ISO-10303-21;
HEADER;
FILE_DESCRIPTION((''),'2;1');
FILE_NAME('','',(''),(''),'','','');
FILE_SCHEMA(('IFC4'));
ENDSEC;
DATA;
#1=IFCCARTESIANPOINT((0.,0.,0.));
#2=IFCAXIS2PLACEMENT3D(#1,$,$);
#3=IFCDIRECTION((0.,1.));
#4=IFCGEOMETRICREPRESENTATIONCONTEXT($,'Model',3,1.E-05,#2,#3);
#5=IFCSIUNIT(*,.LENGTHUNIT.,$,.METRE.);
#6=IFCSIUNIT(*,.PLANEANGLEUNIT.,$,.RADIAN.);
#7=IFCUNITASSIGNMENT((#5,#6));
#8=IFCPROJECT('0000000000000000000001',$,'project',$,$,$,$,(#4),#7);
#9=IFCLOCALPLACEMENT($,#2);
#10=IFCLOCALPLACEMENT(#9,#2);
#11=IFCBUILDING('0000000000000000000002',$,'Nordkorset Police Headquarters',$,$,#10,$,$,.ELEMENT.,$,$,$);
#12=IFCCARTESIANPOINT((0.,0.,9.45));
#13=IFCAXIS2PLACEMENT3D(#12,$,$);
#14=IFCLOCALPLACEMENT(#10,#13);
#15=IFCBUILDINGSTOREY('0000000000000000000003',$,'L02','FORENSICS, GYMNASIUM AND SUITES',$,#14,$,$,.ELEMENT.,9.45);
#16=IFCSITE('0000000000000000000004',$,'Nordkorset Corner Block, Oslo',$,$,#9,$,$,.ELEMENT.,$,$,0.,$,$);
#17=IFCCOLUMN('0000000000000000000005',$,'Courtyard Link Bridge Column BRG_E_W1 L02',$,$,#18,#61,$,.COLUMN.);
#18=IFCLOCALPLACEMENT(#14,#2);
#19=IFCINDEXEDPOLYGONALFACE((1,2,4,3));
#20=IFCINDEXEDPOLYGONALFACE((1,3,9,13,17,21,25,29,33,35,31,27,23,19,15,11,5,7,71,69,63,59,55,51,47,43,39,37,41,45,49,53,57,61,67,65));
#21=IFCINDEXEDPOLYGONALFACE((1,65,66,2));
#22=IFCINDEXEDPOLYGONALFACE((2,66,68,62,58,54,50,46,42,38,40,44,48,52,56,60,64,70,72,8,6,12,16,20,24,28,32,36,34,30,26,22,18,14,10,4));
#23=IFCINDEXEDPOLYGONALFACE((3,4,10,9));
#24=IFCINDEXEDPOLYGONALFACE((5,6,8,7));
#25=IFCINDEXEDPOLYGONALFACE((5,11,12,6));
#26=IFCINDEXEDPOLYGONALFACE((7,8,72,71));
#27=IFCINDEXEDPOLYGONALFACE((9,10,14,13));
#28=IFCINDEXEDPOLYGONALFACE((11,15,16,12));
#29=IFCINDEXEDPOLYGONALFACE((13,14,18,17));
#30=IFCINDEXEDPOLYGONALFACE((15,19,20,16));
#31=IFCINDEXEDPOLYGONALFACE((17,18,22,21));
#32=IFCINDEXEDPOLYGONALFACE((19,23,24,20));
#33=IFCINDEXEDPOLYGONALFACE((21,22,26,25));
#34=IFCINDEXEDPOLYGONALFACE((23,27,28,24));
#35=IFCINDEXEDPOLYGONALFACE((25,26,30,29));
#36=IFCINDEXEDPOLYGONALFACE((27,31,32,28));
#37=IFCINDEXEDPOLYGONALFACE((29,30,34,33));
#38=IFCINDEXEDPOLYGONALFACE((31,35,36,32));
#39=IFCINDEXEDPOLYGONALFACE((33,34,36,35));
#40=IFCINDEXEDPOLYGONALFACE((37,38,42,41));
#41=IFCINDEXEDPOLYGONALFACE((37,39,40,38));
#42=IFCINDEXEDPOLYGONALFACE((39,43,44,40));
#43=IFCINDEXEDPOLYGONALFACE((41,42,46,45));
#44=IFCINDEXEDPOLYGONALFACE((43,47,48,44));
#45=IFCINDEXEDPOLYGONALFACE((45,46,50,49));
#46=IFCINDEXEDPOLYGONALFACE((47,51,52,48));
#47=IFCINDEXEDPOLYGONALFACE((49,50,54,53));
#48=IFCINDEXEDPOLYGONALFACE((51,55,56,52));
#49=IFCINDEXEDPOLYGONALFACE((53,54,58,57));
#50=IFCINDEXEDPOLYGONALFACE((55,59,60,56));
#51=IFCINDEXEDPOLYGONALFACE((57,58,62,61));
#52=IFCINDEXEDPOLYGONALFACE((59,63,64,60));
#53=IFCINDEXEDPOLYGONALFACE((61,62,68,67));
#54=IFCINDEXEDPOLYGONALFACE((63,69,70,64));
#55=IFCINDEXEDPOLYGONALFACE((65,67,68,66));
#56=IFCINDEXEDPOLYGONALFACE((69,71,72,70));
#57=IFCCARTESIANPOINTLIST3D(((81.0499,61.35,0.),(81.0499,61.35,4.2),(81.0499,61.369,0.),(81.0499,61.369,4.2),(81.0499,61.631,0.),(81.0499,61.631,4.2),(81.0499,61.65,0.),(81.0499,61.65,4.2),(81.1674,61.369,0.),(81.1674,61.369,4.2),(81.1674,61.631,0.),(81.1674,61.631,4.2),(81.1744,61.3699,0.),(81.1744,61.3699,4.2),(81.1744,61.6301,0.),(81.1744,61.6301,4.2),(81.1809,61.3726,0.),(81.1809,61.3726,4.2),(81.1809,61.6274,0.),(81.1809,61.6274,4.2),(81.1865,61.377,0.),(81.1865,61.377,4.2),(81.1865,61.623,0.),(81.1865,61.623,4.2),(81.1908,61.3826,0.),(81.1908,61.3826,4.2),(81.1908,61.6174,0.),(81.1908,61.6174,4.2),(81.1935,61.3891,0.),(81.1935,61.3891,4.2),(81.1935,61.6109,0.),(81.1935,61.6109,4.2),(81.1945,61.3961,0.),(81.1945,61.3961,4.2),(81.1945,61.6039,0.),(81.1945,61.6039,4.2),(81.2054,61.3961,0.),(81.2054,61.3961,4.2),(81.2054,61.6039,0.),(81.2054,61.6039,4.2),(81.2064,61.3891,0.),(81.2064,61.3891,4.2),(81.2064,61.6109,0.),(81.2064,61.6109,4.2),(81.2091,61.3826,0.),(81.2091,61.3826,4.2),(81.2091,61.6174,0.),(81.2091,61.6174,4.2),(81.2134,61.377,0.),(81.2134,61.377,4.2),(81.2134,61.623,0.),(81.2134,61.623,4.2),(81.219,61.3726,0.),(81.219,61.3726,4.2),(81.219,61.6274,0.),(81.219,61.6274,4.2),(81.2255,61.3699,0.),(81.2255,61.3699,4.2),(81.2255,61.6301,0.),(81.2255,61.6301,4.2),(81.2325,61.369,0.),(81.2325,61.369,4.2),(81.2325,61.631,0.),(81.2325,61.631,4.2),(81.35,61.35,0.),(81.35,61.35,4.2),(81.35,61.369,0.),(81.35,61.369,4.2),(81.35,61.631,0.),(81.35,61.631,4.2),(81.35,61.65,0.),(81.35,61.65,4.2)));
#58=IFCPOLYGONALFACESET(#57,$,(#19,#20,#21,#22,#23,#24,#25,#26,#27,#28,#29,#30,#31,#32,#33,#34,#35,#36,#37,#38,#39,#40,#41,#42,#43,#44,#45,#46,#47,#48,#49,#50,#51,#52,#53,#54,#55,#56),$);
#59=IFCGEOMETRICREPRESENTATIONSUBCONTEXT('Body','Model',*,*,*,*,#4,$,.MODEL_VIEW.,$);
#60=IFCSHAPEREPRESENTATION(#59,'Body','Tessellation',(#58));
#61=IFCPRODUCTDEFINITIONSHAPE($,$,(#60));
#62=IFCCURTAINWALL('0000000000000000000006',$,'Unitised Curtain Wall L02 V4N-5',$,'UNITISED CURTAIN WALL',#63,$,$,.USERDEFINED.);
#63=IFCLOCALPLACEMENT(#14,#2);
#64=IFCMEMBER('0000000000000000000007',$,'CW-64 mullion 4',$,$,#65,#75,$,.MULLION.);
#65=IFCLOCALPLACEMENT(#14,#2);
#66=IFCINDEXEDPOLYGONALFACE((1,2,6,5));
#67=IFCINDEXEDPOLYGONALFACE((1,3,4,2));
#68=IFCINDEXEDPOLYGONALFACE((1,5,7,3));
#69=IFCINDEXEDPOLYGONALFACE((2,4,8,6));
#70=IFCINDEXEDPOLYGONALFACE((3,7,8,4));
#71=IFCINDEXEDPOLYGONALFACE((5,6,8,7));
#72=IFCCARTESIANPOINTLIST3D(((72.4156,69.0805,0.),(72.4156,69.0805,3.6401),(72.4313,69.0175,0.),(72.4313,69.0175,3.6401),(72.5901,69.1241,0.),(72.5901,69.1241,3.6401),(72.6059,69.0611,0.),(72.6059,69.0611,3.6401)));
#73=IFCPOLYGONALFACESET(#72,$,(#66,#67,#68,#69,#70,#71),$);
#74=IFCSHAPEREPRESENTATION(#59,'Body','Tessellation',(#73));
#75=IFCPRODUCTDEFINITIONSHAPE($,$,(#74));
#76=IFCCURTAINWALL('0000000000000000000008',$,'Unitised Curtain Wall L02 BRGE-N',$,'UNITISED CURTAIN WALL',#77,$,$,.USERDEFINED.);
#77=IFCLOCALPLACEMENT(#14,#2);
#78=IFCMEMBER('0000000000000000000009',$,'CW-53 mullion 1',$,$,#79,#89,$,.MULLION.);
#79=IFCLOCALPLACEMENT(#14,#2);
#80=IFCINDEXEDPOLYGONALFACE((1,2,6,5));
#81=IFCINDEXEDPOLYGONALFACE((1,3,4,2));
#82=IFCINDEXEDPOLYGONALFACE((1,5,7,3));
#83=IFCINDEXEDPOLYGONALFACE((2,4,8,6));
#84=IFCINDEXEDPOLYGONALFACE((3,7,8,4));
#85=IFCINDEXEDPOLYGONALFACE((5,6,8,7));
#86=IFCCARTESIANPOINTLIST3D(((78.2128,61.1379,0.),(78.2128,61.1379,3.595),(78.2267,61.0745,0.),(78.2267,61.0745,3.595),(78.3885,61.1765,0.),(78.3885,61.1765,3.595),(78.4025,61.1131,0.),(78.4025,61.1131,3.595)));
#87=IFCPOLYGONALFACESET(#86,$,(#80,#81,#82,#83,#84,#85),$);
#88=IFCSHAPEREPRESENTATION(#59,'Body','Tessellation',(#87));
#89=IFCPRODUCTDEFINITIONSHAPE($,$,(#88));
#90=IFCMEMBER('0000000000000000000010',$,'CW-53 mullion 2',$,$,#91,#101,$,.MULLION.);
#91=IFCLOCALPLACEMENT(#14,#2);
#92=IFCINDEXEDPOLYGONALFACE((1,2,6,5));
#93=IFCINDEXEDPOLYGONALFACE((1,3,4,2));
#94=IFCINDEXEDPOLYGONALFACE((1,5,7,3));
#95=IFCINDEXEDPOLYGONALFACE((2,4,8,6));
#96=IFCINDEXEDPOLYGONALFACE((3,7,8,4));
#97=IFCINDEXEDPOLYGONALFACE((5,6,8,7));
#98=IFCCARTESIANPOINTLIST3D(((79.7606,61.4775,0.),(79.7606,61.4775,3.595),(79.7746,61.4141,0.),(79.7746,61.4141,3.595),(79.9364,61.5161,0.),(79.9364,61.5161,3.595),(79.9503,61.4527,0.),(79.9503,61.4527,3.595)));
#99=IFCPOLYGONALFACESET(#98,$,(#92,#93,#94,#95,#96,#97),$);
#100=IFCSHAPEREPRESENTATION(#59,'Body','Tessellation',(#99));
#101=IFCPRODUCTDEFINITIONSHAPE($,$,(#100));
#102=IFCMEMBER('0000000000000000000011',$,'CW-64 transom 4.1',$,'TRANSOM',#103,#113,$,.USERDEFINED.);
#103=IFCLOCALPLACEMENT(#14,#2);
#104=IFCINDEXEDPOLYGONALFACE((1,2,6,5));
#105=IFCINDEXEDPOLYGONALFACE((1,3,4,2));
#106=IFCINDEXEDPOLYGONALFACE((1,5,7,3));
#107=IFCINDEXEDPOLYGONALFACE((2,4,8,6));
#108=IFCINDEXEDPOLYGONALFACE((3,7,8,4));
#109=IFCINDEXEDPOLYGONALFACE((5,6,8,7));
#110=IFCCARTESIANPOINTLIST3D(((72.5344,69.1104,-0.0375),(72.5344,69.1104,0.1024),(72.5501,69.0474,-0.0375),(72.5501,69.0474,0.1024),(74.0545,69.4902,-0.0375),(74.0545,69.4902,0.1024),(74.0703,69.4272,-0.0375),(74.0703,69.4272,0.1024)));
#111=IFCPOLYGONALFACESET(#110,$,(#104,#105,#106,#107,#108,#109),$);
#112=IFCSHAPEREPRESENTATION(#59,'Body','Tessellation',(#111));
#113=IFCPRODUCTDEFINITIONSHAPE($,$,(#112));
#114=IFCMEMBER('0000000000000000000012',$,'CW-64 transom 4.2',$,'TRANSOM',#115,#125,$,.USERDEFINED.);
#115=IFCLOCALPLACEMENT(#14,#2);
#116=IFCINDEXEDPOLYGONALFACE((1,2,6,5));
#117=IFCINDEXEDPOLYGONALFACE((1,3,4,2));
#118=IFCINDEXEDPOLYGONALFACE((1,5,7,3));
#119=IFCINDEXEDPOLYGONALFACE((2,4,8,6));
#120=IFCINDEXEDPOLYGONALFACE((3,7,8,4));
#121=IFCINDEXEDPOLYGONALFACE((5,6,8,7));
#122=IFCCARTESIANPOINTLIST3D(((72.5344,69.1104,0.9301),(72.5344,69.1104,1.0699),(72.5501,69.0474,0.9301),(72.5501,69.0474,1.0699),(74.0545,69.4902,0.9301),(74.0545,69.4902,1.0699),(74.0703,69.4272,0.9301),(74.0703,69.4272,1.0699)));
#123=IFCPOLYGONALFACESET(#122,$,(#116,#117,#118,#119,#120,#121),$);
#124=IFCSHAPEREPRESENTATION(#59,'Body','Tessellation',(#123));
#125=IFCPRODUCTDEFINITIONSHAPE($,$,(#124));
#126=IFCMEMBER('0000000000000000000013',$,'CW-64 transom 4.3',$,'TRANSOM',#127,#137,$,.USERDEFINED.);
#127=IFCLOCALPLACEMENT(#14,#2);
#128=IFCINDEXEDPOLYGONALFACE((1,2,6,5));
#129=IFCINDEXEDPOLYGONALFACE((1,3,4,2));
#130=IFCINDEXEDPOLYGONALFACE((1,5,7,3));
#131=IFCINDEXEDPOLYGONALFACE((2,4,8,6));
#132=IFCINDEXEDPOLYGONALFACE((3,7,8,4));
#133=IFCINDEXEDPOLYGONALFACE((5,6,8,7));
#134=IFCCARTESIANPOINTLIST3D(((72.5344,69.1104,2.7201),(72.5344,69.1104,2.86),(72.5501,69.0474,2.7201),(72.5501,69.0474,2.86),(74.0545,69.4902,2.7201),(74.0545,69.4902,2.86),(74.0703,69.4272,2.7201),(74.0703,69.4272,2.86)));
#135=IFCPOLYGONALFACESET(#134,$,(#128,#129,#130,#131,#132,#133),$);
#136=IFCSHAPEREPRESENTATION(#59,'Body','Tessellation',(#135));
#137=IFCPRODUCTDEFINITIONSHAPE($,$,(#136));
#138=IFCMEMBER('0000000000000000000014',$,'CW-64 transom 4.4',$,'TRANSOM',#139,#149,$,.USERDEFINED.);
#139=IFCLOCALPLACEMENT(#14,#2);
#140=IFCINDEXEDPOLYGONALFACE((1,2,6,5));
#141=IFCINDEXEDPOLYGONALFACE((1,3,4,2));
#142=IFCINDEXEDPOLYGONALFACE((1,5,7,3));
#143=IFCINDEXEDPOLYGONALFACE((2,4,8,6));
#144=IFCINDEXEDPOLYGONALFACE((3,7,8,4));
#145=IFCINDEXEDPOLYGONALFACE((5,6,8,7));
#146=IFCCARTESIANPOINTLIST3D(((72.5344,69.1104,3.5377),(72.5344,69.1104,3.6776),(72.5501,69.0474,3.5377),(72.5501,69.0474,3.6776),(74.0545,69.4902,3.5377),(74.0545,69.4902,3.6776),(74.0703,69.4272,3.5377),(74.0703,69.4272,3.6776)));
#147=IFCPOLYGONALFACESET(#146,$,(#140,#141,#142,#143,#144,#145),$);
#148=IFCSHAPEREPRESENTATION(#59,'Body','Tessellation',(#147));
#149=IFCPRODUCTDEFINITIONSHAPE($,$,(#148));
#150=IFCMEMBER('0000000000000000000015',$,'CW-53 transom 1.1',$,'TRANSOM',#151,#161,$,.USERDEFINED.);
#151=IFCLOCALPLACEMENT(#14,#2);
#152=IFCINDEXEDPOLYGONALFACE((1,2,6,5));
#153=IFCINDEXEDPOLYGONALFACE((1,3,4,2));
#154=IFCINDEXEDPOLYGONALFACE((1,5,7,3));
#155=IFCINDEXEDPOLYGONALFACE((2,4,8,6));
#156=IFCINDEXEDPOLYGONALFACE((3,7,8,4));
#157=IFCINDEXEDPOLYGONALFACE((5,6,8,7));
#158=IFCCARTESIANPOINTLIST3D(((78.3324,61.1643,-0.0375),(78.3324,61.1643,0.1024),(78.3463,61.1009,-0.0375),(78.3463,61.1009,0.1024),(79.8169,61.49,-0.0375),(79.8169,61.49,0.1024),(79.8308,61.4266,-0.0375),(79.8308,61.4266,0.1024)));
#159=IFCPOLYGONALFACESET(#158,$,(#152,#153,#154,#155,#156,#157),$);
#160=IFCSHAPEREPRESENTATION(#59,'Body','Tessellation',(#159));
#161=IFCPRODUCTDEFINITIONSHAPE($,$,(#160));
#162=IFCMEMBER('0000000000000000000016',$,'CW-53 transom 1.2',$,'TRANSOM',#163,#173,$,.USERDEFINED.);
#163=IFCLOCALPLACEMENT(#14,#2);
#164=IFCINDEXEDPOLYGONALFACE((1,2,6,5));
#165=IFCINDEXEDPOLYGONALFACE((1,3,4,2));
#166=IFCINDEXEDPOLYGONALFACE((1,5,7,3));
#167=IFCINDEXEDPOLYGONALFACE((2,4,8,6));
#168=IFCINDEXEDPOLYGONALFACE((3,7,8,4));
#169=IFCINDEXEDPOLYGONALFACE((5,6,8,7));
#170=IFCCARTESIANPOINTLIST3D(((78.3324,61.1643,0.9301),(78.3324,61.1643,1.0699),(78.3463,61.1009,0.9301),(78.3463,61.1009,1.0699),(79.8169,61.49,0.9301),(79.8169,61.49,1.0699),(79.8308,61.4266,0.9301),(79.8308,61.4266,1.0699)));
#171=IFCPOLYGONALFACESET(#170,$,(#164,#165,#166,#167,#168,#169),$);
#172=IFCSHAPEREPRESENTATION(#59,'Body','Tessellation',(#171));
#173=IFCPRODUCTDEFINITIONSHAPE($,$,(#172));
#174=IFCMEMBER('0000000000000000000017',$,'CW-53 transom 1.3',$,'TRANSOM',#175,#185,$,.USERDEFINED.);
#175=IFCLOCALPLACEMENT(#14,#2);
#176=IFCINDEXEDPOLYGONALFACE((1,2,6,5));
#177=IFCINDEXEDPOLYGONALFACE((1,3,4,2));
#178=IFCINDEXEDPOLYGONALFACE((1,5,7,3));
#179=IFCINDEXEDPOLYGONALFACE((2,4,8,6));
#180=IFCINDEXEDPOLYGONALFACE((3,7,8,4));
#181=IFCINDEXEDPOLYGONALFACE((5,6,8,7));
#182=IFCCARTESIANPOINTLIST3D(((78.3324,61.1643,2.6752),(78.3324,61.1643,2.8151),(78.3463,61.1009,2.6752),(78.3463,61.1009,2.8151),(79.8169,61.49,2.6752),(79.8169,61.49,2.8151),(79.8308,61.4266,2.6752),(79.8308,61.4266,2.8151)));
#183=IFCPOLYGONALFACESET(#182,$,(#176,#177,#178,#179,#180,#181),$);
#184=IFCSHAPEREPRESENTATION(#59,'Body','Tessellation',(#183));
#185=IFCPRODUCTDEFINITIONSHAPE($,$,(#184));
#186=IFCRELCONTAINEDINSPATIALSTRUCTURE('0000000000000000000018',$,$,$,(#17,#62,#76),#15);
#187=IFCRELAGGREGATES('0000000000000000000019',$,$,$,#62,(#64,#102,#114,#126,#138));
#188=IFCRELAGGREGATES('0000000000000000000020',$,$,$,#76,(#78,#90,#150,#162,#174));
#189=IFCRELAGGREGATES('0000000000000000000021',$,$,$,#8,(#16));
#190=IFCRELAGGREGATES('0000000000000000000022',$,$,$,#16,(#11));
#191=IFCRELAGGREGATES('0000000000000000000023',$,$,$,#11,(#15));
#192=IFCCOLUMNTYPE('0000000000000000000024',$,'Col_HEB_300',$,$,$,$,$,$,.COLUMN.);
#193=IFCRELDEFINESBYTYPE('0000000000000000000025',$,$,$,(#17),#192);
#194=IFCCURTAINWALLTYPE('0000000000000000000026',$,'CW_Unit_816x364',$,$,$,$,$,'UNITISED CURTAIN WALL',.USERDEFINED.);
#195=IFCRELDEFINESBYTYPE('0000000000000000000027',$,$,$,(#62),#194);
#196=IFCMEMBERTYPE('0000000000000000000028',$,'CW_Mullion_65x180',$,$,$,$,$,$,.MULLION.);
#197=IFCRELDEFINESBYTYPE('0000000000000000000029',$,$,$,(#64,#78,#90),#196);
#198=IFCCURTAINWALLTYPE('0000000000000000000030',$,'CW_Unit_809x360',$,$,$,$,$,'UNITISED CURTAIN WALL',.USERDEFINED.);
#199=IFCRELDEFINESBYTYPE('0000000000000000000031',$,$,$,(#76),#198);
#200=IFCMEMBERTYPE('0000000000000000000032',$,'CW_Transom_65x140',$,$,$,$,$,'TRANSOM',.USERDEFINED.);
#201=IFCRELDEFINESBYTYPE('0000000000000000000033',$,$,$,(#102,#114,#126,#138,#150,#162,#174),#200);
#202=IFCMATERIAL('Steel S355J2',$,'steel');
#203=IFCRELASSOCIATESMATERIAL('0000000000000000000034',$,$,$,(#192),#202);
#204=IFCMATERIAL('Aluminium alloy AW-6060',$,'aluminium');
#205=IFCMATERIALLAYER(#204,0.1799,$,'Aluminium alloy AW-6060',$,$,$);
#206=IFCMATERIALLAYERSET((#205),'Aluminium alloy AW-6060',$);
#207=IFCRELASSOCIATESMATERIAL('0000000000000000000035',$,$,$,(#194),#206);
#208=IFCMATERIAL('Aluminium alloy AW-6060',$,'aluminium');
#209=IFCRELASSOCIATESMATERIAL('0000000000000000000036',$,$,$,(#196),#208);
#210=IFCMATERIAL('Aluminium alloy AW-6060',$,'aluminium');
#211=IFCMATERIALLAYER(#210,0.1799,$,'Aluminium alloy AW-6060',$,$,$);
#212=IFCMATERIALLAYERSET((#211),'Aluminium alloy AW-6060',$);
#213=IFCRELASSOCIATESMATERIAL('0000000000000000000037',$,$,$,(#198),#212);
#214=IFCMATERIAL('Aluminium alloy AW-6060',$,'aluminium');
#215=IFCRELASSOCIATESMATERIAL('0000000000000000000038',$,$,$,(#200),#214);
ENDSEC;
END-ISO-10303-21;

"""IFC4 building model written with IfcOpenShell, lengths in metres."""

from ifc_helpers import new_model, si_unit, direction, frame, origin, origin_2d, place, context, subcontext, project, spatial, rectangle, i_section, extrude, material, layer, layer_set, material_profile, profile_set, type_object, element, aggregate, save


model = new_model("IFC4")

# Units and contexts
model_context = context("Model", 3, precision=1e-05, world=origin(), true_north=direction((0.0, 1.0)))
body_context = subcontext(model_context, "Body", "Model", "MODEL_VIEW")
ifc_project = project(units=[si_unit("LENGTHUNIT", "METRE"), si_unit("PLANEANGLEUNIT", "RADIAN")], contexts=[model_context])

# Site, building, storey
site_placement = place(None, origin())
site = spatial("IfcSite", under=ifc_project, at=site_placement, Name="Nordkorset Corner Block, Oslo", CompositionType="ELEMENT", RefElevation=0.0)
building_placement = place(site_placement, origin())
building = spatial("IfcBuilding", under=site, at=building_placement, Name="Nordkorset Police Headquarters", CompositionType="ELEMENT")
storey_placement = place(building_placement, frame((0.0, 0.0, 9.45)))
storey = spatial("IfcBuildingStorey", under=building, at=storey_placement, Name="L02", Description="FORENSICS, GYMNASIUM AND SUITES", CompositionType="ELEMENT", Elevation=9.45)

# Column
ifc_material_1 = material(Name="Steel S355J2", Category="steel")
ifc_material_profile_1 = material_profile(ifc_material_1, i_section(OverallWidth=0.3, OverallDepth=0.3, WebThickness=0.011, FlangeThickness=0.019, FilletRadius=0.0271, at=origin_2d()), Name="HEB 300")
ifc_profile_set_1 = profile_set([ifc_material_profile_1], Name="Steel S355J2")
column_type = type_object("IfcColumnType", Name="Col_HEB_300", PredefinedType="COLUMN", material=ifc_profile_set_1)
column_placement = place(storey_placement, frame((81.2, 61.5, 0.0), z_axis=(0.0, 0.0, 1.0), x_axis=(1.0, 0.0, 0.0)))
element("IfcColumn", 1, at=column_placement, inside=storey, type_object=column_type, Name="Courtyard Link Bridge Column BRG_E_W1 L02", PredefinedType="COLUMN", context=body_context, shape_type="SweptSolid", body=[
    extrude(i_section(OverallWidth=0.3, OverallDepth=0.3, WebThickness=0.011, FlangeThickness=0.019, FilletRadius=0.0271, at=origin_2d()), origin(), (0.0, 0.0, 1.0), 4.2),
])

# Curtain wall, member
ifc_material_2 = material(Name="Aluminium alloy AW-6060", Category="aluminium")
ifc_layer_1 = layer(ifc_material_2, 0.1799, Name="Aluminium alloy AW-6060")
ifc_layer_set_1 = layer_set([ifc_layer_1], Name="Aluminium alloy AW-6060")
curtain_wall_type_1 = type_object("IfcCurtainWallType", Name="CW_Unit_816x364", ElementType="UNITISED CURTAIN WALL", PredefinedType="USERDEFINED", material=ifc_layer_set_1)
curtain_wall_1_placement = place(storey_placement, origin())
curtain_wall_1 = element("IfcCurtainWall", 2, at=curtain_wall_1_placement, inside=storey, type_object=curtain_wall_type_1, Name="Unitised Curtain Wall L02 V4N-5", ObjectType="UNITISED CURTAIN WALL", PredefinedType="USERDEFINED")
ifc_material_3 = material(Name="Aluminium alloy AW-6060", Category="aluminium")
ifc_material_profile_2 = material_profile(ifc_material_3, rectangle(XDim=0.0649, YDim=0.1799, at=origin_2d()), Name="ALU MULL 65x180")
ifc_profile_set_2 = profile_set([ifc_material_profile_2], Name="Aluminium alloy AW-6060")
member_type_1 = type_object("IfcMemberType", Name="CW_Mullion_65x180", PredefinedType="MULLION", material=ifc_profile_set_2)
member_1_placement = place(storey_placement, frame((72.5107, 69.0708, 0.0), z_axis=(0.0, 0.0, 1.0), x_axis=(-0.242536, 0.970143, 0.0)))
member_1 = element("IfcMember", 3, at=member_1_placement, type_object=member_type_1, Name="CW-64 mullion 4", PredefinedType="MULLION", context=body_context, shape_type="SweptSolid", body=[
    extrude(rectangle(XDim=0.0649, YDim=0.1799, at=origin_2d()), origin(), (0.0, 0.0, 1.0), 3.6401),
])

# Curtain wall, members
ifc_material_4 = material(Name="Aluminium alloy AW-6060", Category="aluminium")
ifc_layer_2 = layer(ifc_material_4, 0.1799, Name="Aluminium alloy AW-6060")
ifc_layer_set_2 = layer_set([ifc_layer_2], Name="Aluminium alloy AW-6060")
curtain_wall_type_2 = type_object("IfcCurtainWallType", Name="CW_Unit_809x360", ElementType="UNITISED CURTAIN WALL", PredefinedType="USERDEFINED", material=ifc_layer_set_2)
curtain_wall_2_placement = place(storey_placement, origin())
curtain_wall_2 = element("IfcCurtainWall", 4, at=curtain_wall_2_placement, inside=storey, type_object=curtain_wall_type_2, Name="Unitised Curtain Wall L02 BRGE-N", ObjectType="UNITISED CURTAIN WALL", PredefinedType="USERDEFINED")
member_2_placement = place(storey_placement, frame((78.3076, 61.1255, 0.0), z_axis=(0.0, 0.0, 1.0), x_axis=(-0.214298, 0.976768, 0.0)))
member_2 = element("IfcMember", 5, at=member_2_placement, type_object=member_type_1, Name="CW-53 mullion 1", PredefinedType="MULLION", context=body_context, shape_type="SweptSolid", body=[
    extrude(rectangle(XDim=0.0649, YDim=0.1799, at=origin_2d()), origin(), (0.0, 0.0, 1.0), 3.595),
])
member_3_placement = place(storey_placement, frame((79.8555, 61.4651, 0.0), z_axis=(0.0, 0.0, 1.0), x_axis=(-0.214298, 0.976768, 0.0)))
member_3 = element("IfcMember", 6, at=member_3_placement, type_object=member_type_1, Name="CW-53 mullion 2", PredefinedType="MULLION", context=body_context, shape_type="SweptSolid", body=[
    extrude(rectangle(XDim=0.0649, YDim=0.1799, at=origin_2d()), origin(), (0.0, 0.0, 1.0), 3.595),
])

# Members
ifc_material_5 = material(Name="Aluminium alloy AW-6060", Category="aluminium")
ifc_material_profile_3 = material_profile(ifc_material_5, rectangle(XDim=0.0649, YDim=0.1399, at=origin_2d()), Name="ALU TRAN 65x140")
ifc_profile_set_3 = profile_set([ifc_material_profile_3], Name="Aluminium alloy AW-6060")
member_type_2 = type_object("IfcMemberType", Name="CW_Transom_65x140", ElementType="TRANSOM", PredefinedType="USERDEFINED", material=ifc_profile_set_3)
member_4_placement = place(storey_placement, frame((72.5422, 69.0789, 0.0325), z_axis=(0.97017, 0.242426, 0.0), x_axis=(-0.242426, 0.97017, 0.0)))
member_4 = element("IfcMember", 7, at=member_4_placement, type_object=member_type_2, Name="CW-64 transom 4.1", ObjectType="TRANSOM", PredefinedType="USERDEFINED", context=body_context, shape_type="SweptSolid", body=[
    extrude(rectangle(XDim=0.0649, YDim=0.1399, at=origin_2d()), origin(), (0.0, 0.0, 1.0), 1.5669),
])
member_5_placement = place(storey_placement, frame((72.5422, 69.0789, 1.0), z_axis=(0.97017, 0.242426, 0.0), x_axis=(-0.242426, 0.97017, 0.0)))
member_5 = element("IfcMember", 8, at=member_5_placement, type_object=member_type_2, Name="CW-64 transom 4.2", ObjectType="TRANSOM", PredefinedType="USERDEFINED", context=body_context, shape_type="SweptSolid", body=[
    extrude(rectangle(XDim=0.0649, YDim=0.1399, at=origin_2d()), origin(), (0.0, 0.0, 1.0), 1.5669),
])
member_6_placement = place(storey_placement, frame((72.5422, 69.0789, 2.79), z_axis=(0.97017, 0.242426, 0.0), x_axis=(-0.242426, 0.97017, 0.0)))
member_6 = element("IfcMember", 9, at=member_6_placement, type_object=member_type_2, Name="CW-64 transom 4.3", ObjectType="TRANSOM", PredefinedType="USERDEFINED", context=body_context, shape_type="SweptSolid", body=[
    extrude(rectangle(XDim=0.0649, YDim=0.1399, at=origin_2d()), origin(), (0.0, 0.0, 1.0), 1.5669),
])
member_7_placement = place(storey_placement, frame((72.5422, 69.0789, 3.6077), z_axis=(0.97017, 0.242426, 0.0), x_axis=(-0.242426, 0.97017, 0.0)))
member_7 = element("IfcMember", 10, at=member_7_placement, type_object=member_type_2, Name="CW-64 transom 4.4", ObjectType="TRANSOM", PredefinedType="USERDEFINED", context=body_context, shape_type="SweptSolid", body=[
    extrude(rectangle(XDim=0.0649, YDim=0.1399, at=origin_2d()), origin(), (0.0, 0.0, 1.0), 1.5669),
])
member_8_placement = place(storey_placement, frame((78.3394, 61.1326, 0.0325), z_axis=(0.976766, 0.21431, 0.0), x_axis=(-0.21431, 0.976766, 0.0)))
member_8 = element("IfcMember", 11, at=member_8_placement, type_object=member_type_2, Name="CW-53 transom 1.1", ObjectType="TRANSOM", PredefinedType="USERDEFINED", context=body_context, shape_type="SweptSolid", body=[
    extrude(rectangle(XDim=0.0649, YDim=0.1399, at=origin_2d()), origin(), (0.0, 0.0, 1.0), 1.5198),
])
member_9_placement = place(storey_placement, frame((78.3394, 61.1326, 1.0), z_axis=(0.976766, 0.21431, 0.0), x_axis=(-0.21431, 0.976766, 0.0)))
member_9 = element("IfcMember", 12, at=member_9_placement, type_object=member_type_2, Name="CW-53 transom 1.2", ObjectType="TRANSOM", PredefinedType="USERDEFINED", context=body_context, shape_type="SweptSolid", body=[
    extrude(rectangle(XDim=0.0649, YDim=0.1399, at=origin_2d()), origin(), (0.0, 0.0, 1.0), 1.5198),
])
member_10_placement = place(storey_placement, frame((78.3394, 61.1326, 2.7451), z_axis=(0.976766, 0.21431, 0.0), x_axis=(-0.21431, 0.976766, 0.0)))
member_10 = element("IfcMember", 13, at=member_10_placement, type_object=member_type_2, Name="CW-53 transom 1.3", ObjectType="TRANSOM", PredefinedType="USERDEFINED", context=body_context, shape_type="SweptSolid", body=[
    extrude(rectangle(XDim=0.0649, YDim=0.1399, at=origin_2d()), origin(), (0.0, 0.0, 1.0), 1.5198),
])

aggregate(curtain_wall_1, [member_1, member_4, member_5, member_6, member_7])
aggregate(curtain_wall_2, [member_2, member_3, member_8, member_9, member_10])

save(model, "model.ifc")
